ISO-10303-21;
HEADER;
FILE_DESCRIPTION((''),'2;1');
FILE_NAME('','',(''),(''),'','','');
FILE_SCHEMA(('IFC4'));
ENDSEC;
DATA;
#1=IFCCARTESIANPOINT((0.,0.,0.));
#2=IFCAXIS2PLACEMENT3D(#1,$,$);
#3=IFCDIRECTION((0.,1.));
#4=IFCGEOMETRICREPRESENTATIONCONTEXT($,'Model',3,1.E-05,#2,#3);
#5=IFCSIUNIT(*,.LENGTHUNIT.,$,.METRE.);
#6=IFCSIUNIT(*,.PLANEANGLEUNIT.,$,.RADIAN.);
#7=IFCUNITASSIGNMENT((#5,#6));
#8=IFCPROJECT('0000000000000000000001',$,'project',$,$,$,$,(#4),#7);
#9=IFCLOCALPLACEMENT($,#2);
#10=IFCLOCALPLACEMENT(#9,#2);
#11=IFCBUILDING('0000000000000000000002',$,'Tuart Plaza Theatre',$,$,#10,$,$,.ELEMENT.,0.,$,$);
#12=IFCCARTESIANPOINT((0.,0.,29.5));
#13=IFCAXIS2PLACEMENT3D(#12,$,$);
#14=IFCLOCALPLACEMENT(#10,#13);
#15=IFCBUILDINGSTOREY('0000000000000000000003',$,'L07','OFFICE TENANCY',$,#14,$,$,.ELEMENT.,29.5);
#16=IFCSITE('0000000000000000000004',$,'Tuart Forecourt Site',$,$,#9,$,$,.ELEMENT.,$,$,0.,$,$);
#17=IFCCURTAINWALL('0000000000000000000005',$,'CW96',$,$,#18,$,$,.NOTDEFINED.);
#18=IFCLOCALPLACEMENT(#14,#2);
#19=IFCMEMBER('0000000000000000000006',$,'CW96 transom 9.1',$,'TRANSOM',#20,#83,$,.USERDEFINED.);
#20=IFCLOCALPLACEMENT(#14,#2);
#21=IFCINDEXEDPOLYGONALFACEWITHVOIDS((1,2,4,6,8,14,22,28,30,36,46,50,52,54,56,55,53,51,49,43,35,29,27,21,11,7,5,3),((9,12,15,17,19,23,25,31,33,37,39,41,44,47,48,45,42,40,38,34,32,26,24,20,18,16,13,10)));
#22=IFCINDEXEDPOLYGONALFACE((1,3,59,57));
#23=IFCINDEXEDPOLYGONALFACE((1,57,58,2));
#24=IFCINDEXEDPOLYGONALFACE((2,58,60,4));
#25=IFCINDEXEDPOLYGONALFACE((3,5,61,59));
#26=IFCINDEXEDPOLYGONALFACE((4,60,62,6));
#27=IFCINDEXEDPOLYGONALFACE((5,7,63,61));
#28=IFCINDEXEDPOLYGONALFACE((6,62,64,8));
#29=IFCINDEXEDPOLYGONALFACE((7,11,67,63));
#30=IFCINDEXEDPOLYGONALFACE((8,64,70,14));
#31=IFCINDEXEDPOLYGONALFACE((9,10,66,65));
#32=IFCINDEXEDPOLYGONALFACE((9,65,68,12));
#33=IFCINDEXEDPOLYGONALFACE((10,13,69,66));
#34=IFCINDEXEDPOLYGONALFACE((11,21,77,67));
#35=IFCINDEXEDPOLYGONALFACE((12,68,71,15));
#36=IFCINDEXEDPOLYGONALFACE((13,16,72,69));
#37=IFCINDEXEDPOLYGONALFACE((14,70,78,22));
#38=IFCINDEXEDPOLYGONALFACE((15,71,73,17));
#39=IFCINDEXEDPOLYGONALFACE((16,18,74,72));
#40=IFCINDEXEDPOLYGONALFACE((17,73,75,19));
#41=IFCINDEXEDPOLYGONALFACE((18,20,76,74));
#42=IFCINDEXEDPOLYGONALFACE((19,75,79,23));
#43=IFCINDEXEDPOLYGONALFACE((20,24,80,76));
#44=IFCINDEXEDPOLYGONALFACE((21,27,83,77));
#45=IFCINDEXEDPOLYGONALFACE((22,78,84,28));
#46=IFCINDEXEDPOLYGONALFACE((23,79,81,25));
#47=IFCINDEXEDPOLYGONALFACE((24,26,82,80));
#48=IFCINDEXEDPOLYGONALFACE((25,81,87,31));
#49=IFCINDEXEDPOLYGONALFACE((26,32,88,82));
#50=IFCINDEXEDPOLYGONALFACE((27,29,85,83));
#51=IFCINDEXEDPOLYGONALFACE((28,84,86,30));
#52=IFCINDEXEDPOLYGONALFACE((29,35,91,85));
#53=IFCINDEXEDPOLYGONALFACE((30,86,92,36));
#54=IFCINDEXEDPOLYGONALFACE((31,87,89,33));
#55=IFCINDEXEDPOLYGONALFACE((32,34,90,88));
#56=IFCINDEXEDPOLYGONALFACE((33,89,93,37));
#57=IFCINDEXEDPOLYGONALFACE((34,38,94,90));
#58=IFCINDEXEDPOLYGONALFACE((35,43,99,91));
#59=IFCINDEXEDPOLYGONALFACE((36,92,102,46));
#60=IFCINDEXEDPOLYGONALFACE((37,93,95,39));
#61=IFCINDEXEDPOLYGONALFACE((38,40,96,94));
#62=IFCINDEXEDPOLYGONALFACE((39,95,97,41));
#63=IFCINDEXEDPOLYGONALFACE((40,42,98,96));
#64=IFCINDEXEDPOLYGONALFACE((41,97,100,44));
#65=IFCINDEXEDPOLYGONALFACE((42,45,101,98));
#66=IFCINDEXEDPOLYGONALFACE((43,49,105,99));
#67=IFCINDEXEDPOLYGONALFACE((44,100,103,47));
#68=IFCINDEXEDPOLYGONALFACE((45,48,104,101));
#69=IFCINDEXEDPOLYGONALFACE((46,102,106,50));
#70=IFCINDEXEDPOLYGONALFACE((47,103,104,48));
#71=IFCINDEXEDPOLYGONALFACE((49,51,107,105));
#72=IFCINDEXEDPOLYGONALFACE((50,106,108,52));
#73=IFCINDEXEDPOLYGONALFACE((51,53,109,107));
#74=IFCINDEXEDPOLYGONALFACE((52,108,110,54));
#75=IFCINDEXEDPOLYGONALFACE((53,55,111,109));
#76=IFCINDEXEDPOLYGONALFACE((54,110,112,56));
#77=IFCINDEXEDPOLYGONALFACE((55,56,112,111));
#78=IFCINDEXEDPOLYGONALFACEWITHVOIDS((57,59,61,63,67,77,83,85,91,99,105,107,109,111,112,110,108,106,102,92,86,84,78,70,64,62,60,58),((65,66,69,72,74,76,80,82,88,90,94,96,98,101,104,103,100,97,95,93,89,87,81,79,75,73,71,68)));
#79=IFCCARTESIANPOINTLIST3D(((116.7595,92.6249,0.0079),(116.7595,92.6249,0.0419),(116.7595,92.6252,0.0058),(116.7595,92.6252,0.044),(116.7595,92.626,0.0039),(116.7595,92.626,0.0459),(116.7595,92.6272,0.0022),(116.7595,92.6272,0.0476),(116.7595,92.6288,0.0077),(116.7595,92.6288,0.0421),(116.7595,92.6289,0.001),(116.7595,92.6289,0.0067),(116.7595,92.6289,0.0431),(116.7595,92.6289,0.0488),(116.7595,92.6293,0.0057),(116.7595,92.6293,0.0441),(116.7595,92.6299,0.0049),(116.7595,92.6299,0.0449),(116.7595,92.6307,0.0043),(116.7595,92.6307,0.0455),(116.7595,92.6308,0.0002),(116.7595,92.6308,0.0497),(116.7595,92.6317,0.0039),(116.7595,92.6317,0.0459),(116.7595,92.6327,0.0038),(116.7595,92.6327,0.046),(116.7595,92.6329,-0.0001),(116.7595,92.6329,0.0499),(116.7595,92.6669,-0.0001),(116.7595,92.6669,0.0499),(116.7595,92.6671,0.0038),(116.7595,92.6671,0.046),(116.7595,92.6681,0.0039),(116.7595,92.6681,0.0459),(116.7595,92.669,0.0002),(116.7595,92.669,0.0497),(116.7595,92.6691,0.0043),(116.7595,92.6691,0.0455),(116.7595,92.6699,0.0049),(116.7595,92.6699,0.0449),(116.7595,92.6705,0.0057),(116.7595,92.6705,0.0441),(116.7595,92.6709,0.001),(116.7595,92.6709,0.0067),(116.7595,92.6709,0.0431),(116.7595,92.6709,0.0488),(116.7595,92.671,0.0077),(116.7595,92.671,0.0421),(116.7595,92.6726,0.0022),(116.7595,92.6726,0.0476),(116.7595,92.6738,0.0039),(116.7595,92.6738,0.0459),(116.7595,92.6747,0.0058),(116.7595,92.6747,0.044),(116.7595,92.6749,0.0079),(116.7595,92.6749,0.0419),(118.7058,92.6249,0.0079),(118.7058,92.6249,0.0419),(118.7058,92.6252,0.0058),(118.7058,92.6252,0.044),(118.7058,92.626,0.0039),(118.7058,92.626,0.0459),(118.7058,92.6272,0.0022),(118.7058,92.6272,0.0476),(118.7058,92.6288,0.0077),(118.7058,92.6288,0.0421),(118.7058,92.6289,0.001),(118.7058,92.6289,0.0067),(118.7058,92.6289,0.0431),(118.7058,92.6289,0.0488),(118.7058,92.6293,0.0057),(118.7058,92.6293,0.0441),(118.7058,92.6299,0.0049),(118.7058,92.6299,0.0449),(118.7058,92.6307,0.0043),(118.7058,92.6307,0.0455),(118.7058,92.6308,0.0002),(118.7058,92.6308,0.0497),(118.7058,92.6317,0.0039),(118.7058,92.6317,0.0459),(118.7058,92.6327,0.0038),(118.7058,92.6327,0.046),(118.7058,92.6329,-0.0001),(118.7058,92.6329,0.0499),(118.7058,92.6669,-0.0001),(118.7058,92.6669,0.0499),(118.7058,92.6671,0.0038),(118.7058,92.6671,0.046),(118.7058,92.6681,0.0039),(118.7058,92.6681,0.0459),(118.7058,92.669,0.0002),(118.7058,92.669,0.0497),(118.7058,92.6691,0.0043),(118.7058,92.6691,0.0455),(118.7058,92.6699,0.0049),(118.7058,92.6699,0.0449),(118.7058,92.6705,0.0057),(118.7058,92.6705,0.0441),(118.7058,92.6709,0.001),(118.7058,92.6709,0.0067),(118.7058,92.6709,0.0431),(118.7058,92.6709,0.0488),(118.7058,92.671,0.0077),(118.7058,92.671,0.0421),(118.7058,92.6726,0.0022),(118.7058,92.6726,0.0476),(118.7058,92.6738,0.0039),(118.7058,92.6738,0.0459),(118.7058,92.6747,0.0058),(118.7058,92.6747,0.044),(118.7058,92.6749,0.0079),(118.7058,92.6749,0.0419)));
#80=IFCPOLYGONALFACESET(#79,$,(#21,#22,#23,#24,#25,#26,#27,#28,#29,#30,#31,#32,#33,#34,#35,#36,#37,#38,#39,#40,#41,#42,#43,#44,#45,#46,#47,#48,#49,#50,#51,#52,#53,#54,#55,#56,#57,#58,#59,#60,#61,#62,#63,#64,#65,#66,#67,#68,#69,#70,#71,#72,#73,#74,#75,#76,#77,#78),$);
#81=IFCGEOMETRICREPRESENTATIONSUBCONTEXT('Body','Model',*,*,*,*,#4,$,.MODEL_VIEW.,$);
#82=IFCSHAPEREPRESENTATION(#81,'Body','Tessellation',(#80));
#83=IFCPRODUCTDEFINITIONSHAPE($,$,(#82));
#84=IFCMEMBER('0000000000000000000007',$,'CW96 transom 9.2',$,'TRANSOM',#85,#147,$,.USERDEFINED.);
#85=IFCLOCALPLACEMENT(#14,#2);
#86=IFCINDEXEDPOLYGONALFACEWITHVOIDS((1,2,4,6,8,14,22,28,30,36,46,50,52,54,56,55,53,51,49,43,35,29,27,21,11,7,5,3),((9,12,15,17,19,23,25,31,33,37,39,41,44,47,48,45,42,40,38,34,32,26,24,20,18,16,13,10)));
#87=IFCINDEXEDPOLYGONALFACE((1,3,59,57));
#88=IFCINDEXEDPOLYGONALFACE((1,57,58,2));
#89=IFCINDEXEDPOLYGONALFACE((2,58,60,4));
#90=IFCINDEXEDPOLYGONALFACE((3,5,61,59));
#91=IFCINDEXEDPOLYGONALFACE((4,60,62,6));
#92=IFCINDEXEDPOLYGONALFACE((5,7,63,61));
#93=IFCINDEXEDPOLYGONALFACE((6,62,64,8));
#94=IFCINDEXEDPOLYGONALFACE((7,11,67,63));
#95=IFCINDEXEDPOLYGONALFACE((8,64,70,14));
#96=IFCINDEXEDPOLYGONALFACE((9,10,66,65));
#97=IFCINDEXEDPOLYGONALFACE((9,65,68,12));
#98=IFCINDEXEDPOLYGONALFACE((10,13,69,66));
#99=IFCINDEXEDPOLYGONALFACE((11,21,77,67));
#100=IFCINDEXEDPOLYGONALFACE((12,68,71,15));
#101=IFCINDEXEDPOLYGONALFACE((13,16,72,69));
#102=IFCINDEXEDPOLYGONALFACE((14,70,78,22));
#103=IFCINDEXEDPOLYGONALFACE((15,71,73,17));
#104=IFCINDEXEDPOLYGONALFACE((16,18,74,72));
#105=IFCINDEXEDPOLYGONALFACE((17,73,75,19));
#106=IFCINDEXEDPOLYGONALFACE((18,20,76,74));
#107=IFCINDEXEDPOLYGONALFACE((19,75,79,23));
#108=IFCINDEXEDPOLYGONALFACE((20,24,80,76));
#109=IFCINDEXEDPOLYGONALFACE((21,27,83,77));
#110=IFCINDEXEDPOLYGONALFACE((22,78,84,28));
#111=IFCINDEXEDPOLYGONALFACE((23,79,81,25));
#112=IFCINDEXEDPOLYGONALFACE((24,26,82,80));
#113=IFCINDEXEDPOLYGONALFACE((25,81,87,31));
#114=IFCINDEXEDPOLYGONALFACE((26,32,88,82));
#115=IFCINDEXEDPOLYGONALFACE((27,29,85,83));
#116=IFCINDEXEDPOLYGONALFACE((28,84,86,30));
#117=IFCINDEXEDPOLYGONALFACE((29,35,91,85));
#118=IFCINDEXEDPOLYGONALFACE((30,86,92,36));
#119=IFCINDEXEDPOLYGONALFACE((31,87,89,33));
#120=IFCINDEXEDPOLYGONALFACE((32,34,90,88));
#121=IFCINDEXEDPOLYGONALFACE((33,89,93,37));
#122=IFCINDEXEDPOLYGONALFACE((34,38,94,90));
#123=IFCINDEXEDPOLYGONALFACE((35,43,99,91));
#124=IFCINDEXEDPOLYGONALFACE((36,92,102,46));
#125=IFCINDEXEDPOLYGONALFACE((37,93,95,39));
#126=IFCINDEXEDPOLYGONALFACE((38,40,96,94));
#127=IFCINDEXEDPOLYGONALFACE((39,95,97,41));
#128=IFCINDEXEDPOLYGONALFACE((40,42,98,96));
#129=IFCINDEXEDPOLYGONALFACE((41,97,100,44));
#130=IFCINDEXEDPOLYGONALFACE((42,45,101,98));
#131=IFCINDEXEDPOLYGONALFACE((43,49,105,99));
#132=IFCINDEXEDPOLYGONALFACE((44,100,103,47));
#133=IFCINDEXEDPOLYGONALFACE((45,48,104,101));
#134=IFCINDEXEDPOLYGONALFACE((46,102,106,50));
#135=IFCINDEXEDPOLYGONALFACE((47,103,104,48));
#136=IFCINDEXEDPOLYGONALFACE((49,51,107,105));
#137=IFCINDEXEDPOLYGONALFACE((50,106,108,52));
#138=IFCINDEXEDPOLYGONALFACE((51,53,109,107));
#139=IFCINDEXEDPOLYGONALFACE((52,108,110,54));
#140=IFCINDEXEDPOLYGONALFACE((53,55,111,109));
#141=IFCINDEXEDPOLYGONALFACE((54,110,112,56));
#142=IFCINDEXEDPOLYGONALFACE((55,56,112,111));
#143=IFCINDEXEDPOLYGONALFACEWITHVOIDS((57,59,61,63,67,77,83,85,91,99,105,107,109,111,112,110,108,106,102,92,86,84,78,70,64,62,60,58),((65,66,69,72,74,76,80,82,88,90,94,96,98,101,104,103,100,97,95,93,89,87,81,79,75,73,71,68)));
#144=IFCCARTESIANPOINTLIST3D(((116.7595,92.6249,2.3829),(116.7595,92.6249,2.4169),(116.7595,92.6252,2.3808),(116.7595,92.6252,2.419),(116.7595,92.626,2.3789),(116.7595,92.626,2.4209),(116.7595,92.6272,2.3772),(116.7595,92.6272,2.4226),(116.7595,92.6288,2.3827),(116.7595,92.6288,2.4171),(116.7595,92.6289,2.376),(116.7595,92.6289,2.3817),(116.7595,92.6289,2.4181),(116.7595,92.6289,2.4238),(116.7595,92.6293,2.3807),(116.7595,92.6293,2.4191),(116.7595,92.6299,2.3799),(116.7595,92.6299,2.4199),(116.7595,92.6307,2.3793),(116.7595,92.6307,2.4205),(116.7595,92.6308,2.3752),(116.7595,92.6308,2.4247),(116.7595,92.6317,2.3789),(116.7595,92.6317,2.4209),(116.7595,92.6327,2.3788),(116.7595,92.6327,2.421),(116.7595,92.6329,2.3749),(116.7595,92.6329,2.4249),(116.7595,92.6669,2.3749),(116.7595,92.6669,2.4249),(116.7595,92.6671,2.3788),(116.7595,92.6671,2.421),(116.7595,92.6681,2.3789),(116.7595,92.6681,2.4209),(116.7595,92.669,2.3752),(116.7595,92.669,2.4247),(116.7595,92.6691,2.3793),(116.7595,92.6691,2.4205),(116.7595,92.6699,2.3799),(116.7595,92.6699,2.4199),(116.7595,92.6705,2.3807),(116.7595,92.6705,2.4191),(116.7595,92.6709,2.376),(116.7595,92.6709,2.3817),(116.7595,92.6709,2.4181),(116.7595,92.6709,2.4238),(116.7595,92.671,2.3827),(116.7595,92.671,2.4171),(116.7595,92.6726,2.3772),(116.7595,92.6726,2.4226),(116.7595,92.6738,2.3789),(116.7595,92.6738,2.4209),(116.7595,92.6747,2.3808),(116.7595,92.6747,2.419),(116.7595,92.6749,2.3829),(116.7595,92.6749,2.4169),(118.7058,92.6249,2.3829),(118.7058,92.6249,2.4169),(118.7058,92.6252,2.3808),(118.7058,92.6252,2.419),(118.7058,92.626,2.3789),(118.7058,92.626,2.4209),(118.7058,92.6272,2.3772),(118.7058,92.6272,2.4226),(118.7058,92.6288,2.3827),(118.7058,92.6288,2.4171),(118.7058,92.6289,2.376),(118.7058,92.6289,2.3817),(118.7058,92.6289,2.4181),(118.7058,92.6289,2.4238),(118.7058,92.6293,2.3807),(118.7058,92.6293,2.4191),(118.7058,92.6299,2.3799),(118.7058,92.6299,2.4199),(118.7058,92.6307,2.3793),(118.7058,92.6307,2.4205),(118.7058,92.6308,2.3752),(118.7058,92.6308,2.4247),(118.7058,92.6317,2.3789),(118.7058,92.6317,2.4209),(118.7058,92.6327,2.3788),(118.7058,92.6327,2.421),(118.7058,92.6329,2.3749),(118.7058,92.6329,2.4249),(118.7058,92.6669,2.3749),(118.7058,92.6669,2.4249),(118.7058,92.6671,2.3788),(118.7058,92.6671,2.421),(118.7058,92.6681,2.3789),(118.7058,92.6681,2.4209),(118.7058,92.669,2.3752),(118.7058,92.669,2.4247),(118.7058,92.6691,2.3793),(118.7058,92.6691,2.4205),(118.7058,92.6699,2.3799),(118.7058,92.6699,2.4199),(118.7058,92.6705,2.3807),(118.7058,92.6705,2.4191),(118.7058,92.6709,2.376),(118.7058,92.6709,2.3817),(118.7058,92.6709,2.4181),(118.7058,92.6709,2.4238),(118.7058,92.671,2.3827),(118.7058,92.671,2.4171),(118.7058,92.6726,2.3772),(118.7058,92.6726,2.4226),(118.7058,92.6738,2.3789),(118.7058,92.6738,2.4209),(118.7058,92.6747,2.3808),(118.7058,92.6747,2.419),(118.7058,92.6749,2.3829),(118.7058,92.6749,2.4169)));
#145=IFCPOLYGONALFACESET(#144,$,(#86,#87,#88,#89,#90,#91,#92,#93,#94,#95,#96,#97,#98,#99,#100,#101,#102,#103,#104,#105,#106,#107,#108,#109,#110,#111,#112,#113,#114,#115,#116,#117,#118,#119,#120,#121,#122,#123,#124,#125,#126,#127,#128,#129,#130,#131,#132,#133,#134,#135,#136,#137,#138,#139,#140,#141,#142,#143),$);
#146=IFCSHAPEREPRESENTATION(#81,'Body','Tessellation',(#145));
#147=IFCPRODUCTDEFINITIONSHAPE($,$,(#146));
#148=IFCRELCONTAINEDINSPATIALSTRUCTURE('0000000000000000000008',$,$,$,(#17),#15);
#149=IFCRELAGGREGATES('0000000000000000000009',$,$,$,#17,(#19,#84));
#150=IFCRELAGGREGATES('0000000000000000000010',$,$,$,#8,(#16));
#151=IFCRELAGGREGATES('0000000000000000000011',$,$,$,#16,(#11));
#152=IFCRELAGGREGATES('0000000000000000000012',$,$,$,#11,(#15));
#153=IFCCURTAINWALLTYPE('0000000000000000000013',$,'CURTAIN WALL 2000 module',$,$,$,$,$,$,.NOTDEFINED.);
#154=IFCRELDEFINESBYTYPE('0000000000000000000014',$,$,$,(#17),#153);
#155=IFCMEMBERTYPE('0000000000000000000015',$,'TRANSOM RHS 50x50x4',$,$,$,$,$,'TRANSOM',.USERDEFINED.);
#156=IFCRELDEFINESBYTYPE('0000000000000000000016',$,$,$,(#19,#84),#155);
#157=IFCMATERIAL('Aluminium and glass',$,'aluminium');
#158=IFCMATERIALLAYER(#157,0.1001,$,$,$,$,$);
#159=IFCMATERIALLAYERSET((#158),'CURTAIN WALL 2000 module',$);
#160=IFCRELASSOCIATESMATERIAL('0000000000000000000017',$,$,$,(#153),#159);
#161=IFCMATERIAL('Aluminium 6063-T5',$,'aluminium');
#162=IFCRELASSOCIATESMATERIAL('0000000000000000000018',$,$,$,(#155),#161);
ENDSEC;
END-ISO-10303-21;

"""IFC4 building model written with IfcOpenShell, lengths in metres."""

from ifc_helpers import new_model, si_unit, direction, frame, origin, origin_2d, place, context, subcontext, project, spatial, hollow_rectangle, extrude, material, layer, layer_set, material_profile, profile_set, type_object, element, aggregate, save


model = new_model("IFC4")

# Units and contexts
model_context = context("Model", 3, precision=1e-05, world=origin(), true_north=direction((0.0, 1.0)))
body_context = subcontext(model_context, "Body", "Model", "MODEL_VIEW")
ifc_project = project(units=[si_unit("LENGTHUNIT", "METRE"), si_unit("PLANEANGLEUNIT", "RADIAN")], contexts=[model_context])

# Site, building, storey
site_placement = place(None, origin())
site = spatial("IfcSite", under=ifc_project, at=site_placement, Name="Tuart Forecourt Site", CompositionType="ELEMENT", RefElevation=0.0)
building_placement = place(site_placement, origin())
building = spatial("IfcBuilding", under=site, at=building_placement, Name="Tuart Plaza Theatre", CompositionType="ELEMENT", ElevationOfRefHeight=0.0)
storey_placement = place(building_placement, frame((0.0, 0.0, 29.5)))
storey = spatial("IfcBuildingStorey", under=building, at=storey_placement, Name="L07", Description="OFFICE TENANCY", CompositionType="ELEMENT", Elevation=29.5)

# Curtain wall, members
ifc_material_1 = material(Name="Aluminium and glass", Category="aluminium")
ifc_layer_1 = layer(ifc_material_1, 0.1001)
ifc_layer_set_1 = layer_set([ifc_layer_1], Name="CURTAIN WALL 2000 module")
curtain_wall_type = type_object("IfcCurtainWallType", Name="CURTAIN WALL 2000 module", PredefinedType="NOTDEFINED", material=ifc_layer_set_1)
curtain_wall_placement = place(storey_placement, origin())
curtain_wall = element("IfcCurtainWall", 1, at=curtain_wall_placement, inside=storey, type_object=curtain_wall_type, Name="CW96", PredefinedType="NOTDEFINED")
ifc_material_2 = material(Name="Aluminium 6063-T5", Category="aluminium")
ifc_material_profile_1 = material_profile(ifc_material_2, hollow_rectangle(XDim=0.05, YDim=0.05, WallThickness=0.0039, InnerFilletRadius=0.0039, OuterFilletRadius=0.0081, at=origin_2d()), Name="RHS 50x50x4")
ifc_profile_set_1 = profile_set([ifc_material_profile_1], Name="Aluminium 6063-T5")
member_type_1 = type_object("IfcMemberType", Name="TRANSOM RHS 50x50x4", ElementType="TRANSOM", PredefinedType="USERDEFINED", material=ifc_profile_set_1)
member_1_placement = place(storey_placement, frame((118.7058, 92.6499, 0.0249), z_axis=(-1.0, 0.0, 0.0), x_axis=(0.0, -1.0, 0.0)))
member_1 = element("IfcMember", 2, at=member_1_placement, type_object=member_type_1, Name="CW96 transom 9.1", ObjectType="TRANSOM", PredefinedType="USERDEFINED", context=body_context, shape_type="SweptSolid", body=[
    extrude(hollow_rectangle(XDim=0.05, YDim=0.05, WallThickness=0.0039, InnerFilletRadius=0.0039, OuterFilletRadius=0.0081, at=origin_2d()), origin(), (0.0, 0.0, 1.0), 1.9463),
])
member_2_placement = place(storey_placement, frame((118.7058, 92.6499, 2.3999), z_axis=(-1.0, 0.0, 0.0), x_axis=(0.0, -1.0, 0.0)))
member_2 = element("IfcMember", 3, at=member_2_placement, type_object=member_type_1, Name="CW96 transom 9.2", ObjectType="TRANSOM", PredefinedType="USERDEFINED", context=body_context, shape_type="SweptSolid", body=[
    extrude(hollow_rectangle(XDim=0.05, YDim=0.05, WallThickness=0.0039, InnerFilletRadius=0.0039, OuterFilletRadius=0.0081, at=origin_2d()), origin(), (0.0, 0.0, 1.0), 1.9463),
])
aggregate(curtain_wall, [member_1, member_2])

save(model, "model.ifc")
